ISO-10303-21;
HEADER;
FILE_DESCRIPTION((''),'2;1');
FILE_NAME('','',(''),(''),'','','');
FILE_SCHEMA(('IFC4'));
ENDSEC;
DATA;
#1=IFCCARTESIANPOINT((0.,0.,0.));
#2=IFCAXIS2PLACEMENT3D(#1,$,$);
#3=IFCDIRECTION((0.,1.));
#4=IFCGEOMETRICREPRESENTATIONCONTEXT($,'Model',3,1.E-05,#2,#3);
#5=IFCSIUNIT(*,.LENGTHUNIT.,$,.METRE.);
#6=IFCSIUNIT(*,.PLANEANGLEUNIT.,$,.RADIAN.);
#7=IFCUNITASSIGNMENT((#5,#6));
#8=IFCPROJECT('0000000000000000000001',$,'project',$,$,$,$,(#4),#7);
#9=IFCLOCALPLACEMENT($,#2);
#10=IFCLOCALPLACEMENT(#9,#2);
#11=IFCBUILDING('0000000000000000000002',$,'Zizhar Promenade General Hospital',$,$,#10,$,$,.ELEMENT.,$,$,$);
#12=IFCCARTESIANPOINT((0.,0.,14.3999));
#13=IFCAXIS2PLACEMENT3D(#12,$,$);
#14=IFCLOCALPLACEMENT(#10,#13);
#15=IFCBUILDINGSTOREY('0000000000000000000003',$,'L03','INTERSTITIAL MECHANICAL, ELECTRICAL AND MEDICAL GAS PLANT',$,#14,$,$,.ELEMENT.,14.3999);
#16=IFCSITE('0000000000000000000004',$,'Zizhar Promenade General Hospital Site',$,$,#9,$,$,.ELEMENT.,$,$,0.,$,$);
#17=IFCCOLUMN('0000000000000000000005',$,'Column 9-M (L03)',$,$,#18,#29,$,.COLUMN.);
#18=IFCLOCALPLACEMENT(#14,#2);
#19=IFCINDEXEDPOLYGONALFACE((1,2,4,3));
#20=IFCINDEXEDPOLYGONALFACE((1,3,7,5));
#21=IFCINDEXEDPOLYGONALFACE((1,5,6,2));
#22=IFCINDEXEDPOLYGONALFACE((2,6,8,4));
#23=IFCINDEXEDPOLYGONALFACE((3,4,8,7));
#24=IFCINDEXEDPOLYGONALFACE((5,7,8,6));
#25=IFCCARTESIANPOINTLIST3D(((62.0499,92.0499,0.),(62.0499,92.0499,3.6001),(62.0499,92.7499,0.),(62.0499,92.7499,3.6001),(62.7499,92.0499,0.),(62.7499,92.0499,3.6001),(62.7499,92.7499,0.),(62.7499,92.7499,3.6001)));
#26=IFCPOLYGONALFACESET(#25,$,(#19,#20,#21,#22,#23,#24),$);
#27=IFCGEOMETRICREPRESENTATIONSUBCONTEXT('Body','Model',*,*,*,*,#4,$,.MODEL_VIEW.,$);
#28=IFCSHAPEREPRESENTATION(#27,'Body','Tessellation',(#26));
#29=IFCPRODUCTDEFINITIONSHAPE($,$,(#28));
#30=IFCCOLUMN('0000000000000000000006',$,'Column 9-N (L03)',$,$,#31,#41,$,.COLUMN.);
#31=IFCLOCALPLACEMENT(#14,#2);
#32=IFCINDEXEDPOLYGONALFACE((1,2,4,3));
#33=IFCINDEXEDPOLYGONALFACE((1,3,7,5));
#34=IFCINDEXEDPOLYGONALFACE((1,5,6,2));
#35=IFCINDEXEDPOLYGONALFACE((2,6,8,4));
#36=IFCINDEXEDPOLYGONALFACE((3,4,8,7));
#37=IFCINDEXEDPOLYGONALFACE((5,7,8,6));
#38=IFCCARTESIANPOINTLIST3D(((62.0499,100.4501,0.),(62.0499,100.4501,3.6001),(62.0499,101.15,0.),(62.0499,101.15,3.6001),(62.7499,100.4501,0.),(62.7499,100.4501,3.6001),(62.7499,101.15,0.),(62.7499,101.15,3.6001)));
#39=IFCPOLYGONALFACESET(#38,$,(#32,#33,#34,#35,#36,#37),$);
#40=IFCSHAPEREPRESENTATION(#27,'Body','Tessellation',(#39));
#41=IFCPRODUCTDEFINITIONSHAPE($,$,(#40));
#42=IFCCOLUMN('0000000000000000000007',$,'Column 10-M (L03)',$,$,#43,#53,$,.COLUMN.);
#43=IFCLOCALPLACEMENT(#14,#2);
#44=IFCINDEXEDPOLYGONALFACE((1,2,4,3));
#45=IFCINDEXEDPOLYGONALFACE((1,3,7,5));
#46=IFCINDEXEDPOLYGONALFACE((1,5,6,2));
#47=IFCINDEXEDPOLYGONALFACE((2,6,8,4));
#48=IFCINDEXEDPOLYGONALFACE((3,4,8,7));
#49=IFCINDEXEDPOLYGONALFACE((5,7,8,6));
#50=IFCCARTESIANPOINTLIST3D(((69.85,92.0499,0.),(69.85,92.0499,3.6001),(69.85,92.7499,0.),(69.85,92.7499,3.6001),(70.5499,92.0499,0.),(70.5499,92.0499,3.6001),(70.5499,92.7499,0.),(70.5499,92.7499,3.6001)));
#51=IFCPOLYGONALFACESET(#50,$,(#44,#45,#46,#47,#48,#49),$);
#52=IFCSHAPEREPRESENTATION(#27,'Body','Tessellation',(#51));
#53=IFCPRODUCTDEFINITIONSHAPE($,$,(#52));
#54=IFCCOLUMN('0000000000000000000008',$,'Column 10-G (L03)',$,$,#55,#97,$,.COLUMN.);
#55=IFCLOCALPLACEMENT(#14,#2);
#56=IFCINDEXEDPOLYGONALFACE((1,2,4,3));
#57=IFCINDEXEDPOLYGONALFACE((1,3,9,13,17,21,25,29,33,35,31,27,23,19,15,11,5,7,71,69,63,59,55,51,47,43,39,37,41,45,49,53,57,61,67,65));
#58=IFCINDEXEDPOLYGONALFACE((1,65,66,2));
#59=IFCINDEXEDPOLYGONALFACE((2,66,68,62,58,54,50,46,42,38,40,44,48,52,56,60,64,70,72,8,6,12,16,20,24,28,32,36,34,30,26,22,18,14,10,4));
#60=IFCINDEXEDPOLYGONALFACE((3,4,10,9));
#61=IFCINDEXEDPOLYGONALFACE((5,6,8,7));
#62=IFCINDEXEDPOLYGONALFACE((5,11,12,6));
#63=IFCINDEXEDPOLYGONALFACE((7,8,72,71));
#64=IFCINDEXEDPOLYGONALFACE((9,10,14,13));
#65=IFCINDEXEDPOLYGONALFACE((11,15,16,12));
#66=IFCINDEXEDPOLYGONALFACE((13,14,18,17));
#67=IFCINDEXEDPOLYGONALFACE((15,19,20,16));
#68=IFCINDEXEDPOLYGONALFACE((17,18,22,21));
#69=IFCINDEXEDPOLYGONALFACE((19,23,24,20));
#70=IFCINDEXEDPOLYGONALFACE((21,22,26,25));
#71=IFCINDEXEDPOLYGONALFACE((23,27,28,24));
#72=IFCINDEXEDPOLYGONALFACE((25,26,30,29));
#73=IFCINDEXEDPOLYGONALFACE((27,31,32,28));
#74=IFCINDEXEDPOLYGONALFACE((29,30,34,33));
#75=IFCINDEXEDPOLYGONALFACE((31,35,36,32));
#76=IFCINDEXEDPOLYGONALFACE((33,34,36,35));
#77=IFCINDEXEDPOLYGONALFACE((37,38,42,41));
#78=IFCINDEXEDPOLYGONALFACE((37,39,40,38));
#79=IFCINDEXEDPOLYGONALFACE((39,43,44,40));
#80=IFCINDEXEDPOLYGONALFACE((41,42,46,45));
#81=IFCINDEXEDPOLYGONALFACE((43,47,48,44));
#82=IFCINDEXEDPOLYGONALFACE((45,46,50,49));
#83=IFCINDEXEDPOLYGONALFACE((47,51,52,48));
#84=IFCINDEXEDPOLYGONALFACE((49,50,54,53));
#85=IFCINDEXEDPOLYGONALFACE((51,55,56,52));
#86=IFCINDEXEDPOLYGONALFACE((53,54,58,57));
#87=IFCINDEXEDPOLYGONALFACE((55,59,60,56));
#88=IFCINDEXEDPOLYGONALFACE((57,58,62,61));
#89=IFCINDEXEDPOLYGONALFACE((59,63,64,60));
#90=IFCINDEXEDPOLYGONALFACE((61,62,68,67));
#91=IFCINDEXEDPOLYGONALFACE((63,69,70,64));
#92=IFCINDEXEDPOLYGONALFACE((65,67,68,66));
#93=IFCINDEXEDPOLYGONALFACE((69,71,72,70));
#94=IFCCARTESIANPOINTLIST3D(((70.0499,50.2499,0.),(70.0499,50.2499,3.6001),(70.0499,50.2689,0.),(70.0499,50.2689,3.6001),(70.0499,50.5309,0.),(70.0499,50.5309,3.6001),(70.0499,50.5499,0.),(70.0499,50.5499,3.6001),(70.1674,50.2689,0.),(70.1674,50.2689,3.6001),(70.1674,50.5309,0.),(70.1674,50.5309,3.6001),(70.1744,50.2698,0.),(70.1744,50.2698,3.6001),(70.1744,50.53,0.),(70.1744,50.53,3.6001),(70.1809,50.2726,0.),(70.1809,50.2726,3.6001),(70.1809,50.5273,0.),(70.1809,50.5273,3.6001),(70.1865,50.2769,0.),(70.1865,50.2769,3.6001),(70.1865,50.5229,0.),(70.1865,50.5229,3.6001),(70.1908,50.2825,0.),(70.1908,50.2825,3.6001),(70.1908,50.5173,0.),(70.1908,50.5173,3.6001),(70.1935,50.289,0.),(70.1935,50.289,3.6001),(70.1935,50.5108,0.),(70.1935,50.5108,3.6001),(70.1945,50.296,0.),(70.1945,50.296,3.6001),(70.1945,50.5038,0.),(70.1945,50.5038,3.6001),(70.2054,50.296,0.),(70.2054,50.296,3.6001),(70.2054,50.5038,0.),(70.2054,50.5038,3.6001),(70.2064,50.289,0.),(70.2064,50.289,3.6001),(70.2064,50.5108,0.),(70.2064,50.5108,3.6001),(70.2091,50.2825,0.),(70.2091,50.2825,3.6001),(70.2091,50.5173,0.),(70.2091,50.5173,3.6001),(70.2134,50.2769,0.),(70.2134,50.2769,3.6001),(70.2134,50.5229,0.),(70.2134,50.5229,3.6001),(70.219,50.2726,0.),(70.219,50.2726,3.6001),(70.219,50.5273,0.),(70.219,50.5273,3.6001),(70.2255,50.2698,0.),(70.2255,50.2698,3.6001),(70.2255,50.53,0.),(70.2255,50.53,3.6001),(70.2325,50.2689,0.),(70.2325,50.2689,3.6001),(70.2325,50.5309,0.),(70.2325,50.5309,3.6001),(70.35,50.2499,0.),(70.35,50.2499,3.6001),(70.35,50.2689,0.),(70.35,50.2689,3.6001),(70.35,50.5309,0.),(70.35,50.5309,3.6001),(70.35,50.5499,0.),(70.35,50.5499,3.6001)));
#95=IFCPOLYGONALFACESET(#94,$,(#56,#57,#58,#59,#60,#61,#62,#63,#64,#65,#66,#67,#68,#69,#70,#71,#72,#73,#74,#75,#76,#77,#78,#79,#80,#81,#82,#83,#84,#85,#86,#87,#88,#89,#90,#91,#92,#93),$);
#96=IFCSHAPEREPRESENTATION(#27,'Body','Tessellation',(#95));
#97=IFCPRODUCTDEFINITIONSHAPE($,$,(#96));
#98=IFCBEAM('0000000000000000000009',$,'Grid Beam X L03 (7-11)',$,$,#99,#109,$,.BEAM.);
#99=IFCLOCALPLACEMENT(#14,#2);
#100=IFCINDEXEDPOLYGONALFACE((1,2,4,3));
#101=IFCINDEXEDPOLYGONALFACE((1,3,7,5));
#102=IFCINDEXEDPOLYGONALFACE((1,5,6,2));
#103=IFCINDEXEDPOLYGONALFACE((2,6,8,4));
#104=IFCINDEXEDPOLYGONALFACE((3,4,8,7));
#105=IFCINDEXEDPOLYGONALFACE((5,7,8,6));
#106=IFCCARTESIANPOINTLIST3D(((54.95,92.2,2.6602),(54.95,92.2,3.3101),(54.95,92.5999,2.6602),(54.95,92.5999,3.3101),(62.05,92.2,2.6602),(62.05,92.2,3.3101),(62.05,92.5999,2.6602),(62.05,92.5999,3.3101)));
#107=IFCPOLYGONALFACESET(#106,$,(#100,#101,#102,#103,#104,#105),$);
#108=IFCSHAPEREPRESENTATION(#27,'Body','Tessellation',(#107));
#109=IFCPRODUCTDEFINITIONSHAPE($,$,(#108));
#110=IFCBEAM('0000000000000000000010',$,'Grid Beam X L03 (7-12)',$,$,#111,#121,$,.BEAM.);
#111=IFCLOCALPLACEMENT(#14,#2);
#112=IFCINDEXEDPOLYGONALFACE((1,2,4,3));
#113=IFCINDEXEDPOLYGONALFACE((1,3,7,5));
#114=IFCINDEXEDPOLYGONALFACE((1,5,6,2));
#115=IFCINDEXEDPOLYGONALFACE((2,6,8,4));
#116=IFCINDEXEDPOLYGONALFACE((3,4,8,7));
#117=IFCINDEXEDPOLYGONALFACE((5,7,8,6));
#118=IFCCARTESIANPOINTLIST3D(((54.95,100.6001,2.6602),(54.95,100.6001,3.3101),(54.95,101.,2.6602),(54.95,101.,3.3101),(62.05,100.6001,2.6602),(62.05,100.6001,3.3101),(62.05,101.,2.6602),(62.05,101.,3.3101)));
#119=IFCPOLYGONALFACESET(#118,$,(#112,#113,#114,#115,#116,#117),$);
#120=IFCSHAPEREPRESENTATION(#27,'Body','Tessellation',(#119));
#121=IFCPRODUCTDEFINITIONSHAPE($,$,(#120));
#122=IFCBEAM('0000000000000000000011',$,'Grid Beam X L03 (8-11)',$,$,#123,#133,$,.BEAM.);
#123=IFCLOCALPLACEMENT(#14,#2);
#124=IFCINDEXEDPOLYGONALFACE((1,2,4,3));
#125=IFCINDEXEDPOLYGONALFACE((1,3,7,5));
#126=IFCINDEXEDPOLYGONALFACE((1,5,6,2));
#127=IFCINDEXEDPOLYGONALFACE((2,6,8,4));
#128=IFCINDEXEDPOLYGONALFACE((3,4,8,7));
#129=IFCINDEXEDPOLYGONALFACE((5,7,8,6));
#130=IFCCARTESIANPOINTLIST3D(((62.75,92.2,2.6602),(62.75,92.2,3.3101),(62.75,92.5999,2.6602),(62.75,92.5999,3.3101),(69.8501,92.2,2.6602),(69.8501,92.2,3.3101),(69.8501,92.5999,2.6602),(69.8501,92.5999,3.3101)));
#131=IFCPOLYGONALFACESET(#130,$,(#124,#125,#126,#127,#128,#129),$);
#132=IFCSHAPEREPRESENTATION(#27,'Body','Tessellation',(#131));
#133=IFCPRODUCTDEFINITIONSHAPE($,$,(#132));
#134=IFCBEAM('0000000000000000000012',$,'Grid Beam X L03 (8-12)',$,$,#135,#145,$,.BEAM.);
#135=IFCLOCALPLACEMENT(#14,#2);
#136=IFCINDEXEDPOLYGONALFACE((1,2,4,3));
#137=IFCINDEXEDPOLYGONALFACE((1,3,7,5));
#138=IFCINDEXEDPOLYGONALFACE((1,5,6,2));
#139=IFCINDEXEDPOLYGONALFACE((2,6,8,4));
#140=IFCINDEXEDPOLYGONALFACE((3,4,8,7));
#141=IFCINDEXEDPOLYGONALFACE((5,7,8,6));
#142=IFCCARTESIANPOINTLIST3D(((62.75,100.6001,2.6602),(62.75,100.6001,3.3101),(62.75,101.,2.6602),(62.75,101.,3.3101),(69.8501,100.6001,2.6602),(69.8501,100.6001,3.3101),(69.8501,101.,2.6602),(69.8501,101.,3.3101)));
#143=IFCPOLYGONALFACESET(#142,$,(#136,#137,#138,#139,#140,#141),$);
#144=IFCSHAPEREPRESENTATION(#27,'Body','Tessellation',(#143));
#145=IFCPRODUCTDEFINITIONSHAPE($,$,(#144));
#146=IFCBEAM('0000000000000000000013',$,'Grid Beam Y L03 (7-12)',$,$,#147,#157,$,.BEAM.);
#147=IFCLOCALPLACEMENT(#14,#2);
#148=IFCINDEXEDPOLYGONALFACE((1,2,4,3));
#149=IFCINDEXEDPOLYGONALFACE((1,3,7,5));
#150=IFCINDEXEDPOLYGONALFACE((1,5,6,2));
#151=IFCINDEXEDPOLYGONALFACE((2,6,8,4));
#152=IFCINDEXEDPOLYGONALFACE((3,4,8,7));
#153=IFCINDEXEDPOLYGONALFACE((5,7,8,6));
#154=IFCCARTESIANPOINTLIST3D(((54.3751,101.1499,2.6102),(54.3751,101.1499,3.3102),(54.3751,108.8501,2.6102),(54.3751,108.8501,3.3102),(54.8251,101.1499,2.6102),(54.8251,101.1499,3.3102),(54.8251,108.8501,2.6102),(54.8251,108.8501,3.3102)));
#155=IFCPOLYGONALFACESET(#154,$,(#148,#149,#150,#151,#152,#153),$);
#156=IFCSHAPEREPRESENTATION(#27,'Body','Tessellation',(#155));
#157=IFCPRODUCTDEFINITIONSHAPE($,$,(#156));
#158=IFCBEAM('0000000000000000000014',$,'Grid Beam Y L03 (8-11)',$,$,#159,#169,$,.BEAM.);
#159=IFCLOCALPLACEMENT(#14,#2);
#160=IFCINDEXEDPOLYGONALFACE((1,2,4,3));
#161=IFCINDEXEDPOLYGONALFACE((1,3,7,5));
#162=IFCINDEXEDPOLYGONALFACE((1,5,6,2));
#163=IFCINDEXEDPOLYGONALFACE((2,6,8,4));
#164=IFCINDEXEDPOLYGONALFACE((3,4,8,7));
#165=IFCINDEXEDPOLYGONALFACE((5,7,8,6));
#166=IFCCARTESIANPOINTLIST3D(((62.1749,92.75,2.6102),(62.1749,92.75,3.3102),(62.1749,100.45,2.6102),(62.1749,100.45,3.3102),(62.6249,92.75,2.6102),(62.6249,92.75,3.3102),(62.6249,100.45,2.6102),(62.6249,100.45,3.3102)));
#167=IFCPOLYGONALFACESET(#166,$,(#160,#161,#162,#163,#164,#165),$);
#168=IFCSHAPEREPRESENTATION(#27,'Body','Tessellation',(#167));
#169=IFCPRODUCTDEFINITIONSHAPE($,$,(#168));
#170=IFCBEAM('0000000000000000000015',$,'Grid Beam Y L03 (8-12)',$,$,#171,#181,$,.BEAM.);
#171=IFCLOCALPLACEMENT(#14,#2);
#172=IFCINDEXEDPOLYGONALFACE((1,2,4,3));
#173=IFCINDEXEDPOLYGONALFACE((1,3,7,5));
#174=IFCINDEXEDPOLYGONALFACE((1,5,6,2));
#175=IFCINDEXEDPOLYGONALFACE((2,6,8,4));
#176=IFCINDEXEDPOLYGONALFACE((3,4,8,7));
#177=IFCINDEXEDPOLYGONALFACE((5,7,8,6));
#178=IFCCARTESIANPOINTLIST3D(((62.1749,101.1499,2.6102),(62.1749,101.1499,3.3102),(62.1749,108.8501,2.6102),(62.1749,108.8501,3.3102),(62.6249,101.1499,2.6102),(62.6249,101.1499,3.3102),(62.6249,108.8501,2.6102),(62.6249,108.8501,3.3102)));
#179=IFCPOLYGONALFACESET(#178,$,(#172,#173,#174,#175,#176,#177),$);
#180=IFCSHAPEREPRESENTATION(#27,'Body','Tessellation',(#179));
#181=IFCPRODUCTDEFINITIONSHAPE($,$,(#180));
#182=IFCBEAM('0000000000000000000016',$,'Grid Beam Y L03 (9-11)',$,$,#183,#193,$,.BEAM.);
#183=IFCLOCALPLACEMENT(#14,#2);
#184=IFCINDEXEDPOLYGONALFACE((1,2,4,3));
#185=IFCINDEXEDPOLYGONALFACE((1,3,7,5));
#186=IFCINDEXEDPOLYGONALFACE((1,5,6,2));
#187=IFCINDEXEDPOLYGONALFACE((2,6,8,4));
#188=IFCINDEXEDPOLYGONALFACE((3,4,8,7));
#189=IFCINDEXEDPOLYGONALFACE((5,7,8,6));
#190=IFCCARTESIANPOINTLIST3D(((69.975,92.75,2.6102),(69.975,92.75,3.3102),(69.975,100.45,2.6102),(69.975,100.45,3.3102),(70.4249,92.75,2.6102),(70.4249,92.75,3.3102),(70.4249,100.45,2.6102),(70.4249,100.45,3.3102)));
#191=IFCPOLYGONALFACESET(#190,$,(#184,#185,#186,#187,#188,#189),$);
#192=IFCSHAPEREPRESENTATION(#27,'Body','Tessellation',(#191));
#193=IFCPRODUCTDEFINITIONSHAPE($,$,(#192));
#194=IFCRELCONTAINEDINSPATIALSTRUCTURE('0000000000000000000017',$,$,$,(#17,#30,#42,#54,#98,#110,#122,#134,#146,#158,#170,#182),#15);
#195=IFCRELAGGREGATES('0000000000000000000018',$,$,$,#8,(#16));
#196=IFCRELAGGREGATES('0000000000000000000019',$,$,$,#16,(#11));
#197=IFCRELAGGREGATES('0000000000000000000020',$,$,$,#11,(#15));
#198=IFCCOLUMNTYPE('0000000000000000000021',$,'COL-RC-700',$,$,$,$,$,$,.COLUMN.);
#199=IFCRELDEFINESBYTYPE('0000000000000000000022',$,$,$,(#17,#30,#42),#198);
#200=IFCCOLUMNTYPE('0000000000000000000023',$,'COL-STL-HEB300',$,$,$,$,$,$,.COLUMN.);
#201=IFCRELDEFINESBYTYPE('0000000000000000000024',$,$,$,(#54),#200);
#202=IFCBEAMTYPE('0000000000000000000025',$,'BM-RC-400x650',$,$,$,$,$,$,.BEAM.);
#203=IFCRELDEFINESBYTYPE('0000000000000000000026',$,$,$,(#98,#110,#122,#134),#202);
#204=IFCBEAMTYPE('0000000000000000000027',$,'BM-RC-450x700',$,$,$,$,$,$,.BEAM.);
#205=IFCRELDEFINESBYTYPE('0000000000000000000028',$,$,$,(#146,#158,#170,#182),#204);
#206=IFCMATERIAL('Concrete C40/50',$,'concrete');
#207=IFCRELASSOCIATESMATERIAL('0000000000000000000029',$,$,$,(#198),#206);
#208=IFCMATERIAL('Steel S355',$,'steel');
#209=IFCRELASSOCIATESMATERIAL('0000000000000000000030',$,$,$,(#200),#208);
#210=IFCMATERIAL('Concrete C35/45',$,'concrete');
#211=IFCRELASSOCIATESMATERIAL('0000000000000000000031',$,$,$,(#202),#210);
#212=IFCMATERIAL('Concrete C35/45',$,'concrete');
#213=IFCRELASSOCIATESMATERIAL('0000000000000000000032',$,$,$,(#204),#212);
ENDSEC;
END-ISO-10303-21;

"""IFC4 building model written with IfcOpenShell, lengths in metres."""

from ifc_helpers import new_model, si_unit, direction, frame, origin, origin_2d, place, context, subcontext, project, spatial, rectangle, i_section, extrude, material, material_profile, profile_set, type_object, element, save


model = new_model("IFC4")

# Units and contexts
model_context = context("Model", 3, precision=1e-05, world=origin(), true_north=direction((0.0, 1.0)))
body_context = subcontext(model_context, "Body", "Model", "MODEL_VIEW")
ifc_project = project(units=[si_unit("LENGTHUNIT", "METRE"), si_unit("PLANEANGLEUNIT", "RADIAN")], contexts=[model_context])

# Site, building, storey
site_placement = place(None, origin())
site = spatial("IfcSite", under=ifc_project, at=site_placement, Name="Zizhar Promenade General Hospital Site", CompositionType="ELEMENT", RefElevation=0.0)
building_placement = place(site_placement, origin())
building = spatial("IfcBuilding", under=site, at=building_placement, Name="Zizhar Promenade General Hospital", CompositionType="ELEMENT")
storey_placement = place(building_placement, frame((0.0, 0.0, 14.3999)))
storey = spatial("IfcBuildingStorey", under=building, at=storey_placement, Name="L03", Description="INTERSTITIAL MECHANICAL, ELECTRICAL AND MEDICAL GAS PLANT", CompositionType="ELEMENT", Elevation=14.3999)

# Columns
ifc_material_1 = material(Name="Concrete C40/50", Category="concrete")
ifc_material_profile_1 = material_profile(ifc_material_1, rectangle(XDim=0.7, YDim=0.7, at=origin_2d()))
ifc_profile_set_1 = profile_set([ifc_material_profile_1], Name="Concrete C40/50")
column_type_1 = type_object("IfcColumnType", Name="COL-RC-700", PredefinedType="COLUMN", material=ifc_profile_set_1)
for number, where, z_axis, x_axis, name in (
    (1, (62.3999, 92.3999, 0.0), (0.0, 0.0, 1.0), (1.0, 0.0, 0.0), "Column 9-M (L03)"),
    (2, (62.3999, 100.8, 0.0), (0.0, 0.0, 1.0), (1.0, 0.0, 0.0), "Column 9-N (L03)"),
    (3, (70.2, 92.3999, 0.0), (0.0, 0.0, 1.0), (1.0, 0.0, 0.0), "Column 10-M (L03)"),
):
    element("IfcColumn", number, at=place(storey_placement, frame(where, z_axis=z_axis, x_axis=x_axis)), inside=storey, type_object=column_type_1, Name=name, PredefinedType="COLUMN", context=body_context, shape_type="SweptSolid", body=[
        extrude(rectangle(XDim=0.7, YDim=0.7, at=origin_2d()), origin(), (0.0, 0.0, 1.0), 3.6001),
    ])
ifc_material_2 = material(Name="Steel S355", Category="steel")
ifc_material_profile_2 = material_profile(ifc_material_2, i_section(OverallWidth=0.3, OverallDepth=0.3, WebThickness=0.011, FlangeThickness=0.019, FilletRadius=0.0271, at=origin_2d()))
ifc_profile_set_2 = profile_set([ifc_material_profile_2], Name="Steel S355")
column_type_2 = type_object("IfcColumnType", Name="COL-STL-HEB300", PredefinedType="COLUMN", material=ifc_profile_set_2)
column_placement = place(storey_placement, frame((70.2, 50.3999, 0.0), z_axis=(0.0, 0.0, 1.0), x_axis=(1.0, 0.0, 0.0)))
element("IfcColumn", 4, at=column_placement, inside=storey, type_object=column_type_2, Name="Column 10-G (L03)", PredefinedType="COLUMN", context=body_context, shape_type="SweptSolid", body=[
    extrude(i_section(OverallWidth=0.3, OverallDepth=0.3, WebThickness=0.011, FlangeThickness=0.019, FilletRadius=0.0271, at=origin_2d()), origin(), (0.0, 0.0, 1.0), 3.6001),
])

# Beams
ifc_material_3 = material(Name="Concrete C35/45", Category="concrete")
ifc_material_profile_3 = material_profile(ifc_material_3, rectangle(XDim=0.3999, YDim=0.6499, at=origin_2d()))
ifc_profile_set_3 = profile_set([ifc_material_profile_3], Name="Concrete C35/45")
beam_type_1 = type_object("IfcBeamType", Name="BM-RC-400x650", PredefinedType="BEAM", material=ifc_profile_set_3)
for number, where, z_axis, x_axis, name in (
    (5, (54.95, 92.3999, 2.9851), (1.0, 0.0, 0.0), (0.0, 1.0, 0.0), "Grid Beam X L03 (7-11)"),
    (6, (54.95, 100.8, 2.9851), (1.0, 0.0, 0.0), (0.0, 1.0, 0.0), "Grid Beam X L03 (7-12)"),
    (7, (62.75, 92.3999, 2.9851), (1.0, 0.0, 0.0), (0.0, 1.0, 0.0), "Grid Beam X L03 (8-11)"),
    (8, (62.75, 100.8, 2.9851), (1.0, 0.0, 0.0), (0.0, 1.0, 0.0), "Grid Beam X L03 (8-12)"),
):
    element("IfcBeam", number, at=place(storey_placement, frame(where, z_axis=z_axis, x_axis=x_axis)), inside=storey, type_object=beam_type_1, Name=name, PredefinedType="BEAM", context=body_context, shape_type="SweptSolid", body=[
        extrude(rectangle(XDim=0.3999, YDim=0.6499, at=origin_2d()), origin(), (0.0, 0.0, 1.0), 7.1001),
    ])
ifc_material_4 = material(Name="Concrete C35/45", Category="concrete")
ifc_material_profile_4 = material_profile(ifc_material_4, rectangle(XDim=0.45, YDim=0.7, at=origin_2d()))
ifc_profile_set_4 = profile_set([ifc_material_profile_4], Name="Concrete C35/45")
beam_type_2 = type_object("IfcBeamType", Name="BM-RC-450x700", PredefinedType="BEAM", material=ifc_profile_set_4)
beam_1_placement = place(storey_placement, frame((54.6001, 101.1499, 2.9602), z_axis=(0.0, 1.0, 0.0), x_axis=(-1.0, 0.0, 0.0)))
element("IfcBeam", 9, at=beam_1_placement, inside=storey, type_object=beam_type_2, Name="Grid Beam Y L03 (7-12)", PredefinedType="BEAM", context=body_context, shape_type="SweptSolid", body=[
    extrude(rectangle(XDim=0.45, YDim=0.7, at=origin_2d()), origin(), (0.0, 0.0, 1.0), 7.7002),
])
beam_2_placement = place(storey_placement, frame((62.3999, 92.75, 2.9602), z_axis=(0.0, 1.0, 0.0), x_axis=(-1.0, 0.0, 0.0)))
element("IfcBeam", 10, at=beam_2_placement, inside=storey, type_object=beam_type_2, Name="Grid Beam Y L03 (8-11)", PredefinedType="BEAM", context=body_context, shape_type="SweptSolid", body=[
    extrude(rectangle(XDim=0.45, YDim=0.7, at=origin_2d()), origin(), (0.0, 0.0, 1.0), 7.7),
])
beam_3_placement = place(storey_placement, frame((62.3999, 101.1499, 2.9602), z_axis=(0.0, 1.0, 0.0), x_axis=(-1.0, 0.0, 0.0)))
element("IfcBeam", 11, at=beam_3_placement, inside=storey, type_object=beam_type_2, Name="Grid Beam Y L03 (8-12)", PredefinedType="BEAM", context=body_context, shape_type="SweptSolid", body=[
    extrude(rectangle(XDim=0.45, YDim=0.7, at=origin_2d()), origin(), (0.0, 0.0, 1.0), 7.7002),
])
beam_4_placement = place(storey_placement, frame((70.2, 92.75, 2.9602), z_axis=(0.0, 1.0, 0.0), x_axis=(-1.0, 0.0, 0.0)))
element("IfcBeam", 12, at=beam_4_placement, inside=storey, type_object=beam_type_2, Name="Grid Beam Y L03 (9-11)", PredefinedType="BEAM", context=body_context, shape_type="SweptSolid", body=[
    extrude(rectangle(XDim=0.45, YDim=0.7, at=origin_2d()), origin(), (0.0, 0.0, 1.0), 7.7),
])

save(model, "model.ifc")
